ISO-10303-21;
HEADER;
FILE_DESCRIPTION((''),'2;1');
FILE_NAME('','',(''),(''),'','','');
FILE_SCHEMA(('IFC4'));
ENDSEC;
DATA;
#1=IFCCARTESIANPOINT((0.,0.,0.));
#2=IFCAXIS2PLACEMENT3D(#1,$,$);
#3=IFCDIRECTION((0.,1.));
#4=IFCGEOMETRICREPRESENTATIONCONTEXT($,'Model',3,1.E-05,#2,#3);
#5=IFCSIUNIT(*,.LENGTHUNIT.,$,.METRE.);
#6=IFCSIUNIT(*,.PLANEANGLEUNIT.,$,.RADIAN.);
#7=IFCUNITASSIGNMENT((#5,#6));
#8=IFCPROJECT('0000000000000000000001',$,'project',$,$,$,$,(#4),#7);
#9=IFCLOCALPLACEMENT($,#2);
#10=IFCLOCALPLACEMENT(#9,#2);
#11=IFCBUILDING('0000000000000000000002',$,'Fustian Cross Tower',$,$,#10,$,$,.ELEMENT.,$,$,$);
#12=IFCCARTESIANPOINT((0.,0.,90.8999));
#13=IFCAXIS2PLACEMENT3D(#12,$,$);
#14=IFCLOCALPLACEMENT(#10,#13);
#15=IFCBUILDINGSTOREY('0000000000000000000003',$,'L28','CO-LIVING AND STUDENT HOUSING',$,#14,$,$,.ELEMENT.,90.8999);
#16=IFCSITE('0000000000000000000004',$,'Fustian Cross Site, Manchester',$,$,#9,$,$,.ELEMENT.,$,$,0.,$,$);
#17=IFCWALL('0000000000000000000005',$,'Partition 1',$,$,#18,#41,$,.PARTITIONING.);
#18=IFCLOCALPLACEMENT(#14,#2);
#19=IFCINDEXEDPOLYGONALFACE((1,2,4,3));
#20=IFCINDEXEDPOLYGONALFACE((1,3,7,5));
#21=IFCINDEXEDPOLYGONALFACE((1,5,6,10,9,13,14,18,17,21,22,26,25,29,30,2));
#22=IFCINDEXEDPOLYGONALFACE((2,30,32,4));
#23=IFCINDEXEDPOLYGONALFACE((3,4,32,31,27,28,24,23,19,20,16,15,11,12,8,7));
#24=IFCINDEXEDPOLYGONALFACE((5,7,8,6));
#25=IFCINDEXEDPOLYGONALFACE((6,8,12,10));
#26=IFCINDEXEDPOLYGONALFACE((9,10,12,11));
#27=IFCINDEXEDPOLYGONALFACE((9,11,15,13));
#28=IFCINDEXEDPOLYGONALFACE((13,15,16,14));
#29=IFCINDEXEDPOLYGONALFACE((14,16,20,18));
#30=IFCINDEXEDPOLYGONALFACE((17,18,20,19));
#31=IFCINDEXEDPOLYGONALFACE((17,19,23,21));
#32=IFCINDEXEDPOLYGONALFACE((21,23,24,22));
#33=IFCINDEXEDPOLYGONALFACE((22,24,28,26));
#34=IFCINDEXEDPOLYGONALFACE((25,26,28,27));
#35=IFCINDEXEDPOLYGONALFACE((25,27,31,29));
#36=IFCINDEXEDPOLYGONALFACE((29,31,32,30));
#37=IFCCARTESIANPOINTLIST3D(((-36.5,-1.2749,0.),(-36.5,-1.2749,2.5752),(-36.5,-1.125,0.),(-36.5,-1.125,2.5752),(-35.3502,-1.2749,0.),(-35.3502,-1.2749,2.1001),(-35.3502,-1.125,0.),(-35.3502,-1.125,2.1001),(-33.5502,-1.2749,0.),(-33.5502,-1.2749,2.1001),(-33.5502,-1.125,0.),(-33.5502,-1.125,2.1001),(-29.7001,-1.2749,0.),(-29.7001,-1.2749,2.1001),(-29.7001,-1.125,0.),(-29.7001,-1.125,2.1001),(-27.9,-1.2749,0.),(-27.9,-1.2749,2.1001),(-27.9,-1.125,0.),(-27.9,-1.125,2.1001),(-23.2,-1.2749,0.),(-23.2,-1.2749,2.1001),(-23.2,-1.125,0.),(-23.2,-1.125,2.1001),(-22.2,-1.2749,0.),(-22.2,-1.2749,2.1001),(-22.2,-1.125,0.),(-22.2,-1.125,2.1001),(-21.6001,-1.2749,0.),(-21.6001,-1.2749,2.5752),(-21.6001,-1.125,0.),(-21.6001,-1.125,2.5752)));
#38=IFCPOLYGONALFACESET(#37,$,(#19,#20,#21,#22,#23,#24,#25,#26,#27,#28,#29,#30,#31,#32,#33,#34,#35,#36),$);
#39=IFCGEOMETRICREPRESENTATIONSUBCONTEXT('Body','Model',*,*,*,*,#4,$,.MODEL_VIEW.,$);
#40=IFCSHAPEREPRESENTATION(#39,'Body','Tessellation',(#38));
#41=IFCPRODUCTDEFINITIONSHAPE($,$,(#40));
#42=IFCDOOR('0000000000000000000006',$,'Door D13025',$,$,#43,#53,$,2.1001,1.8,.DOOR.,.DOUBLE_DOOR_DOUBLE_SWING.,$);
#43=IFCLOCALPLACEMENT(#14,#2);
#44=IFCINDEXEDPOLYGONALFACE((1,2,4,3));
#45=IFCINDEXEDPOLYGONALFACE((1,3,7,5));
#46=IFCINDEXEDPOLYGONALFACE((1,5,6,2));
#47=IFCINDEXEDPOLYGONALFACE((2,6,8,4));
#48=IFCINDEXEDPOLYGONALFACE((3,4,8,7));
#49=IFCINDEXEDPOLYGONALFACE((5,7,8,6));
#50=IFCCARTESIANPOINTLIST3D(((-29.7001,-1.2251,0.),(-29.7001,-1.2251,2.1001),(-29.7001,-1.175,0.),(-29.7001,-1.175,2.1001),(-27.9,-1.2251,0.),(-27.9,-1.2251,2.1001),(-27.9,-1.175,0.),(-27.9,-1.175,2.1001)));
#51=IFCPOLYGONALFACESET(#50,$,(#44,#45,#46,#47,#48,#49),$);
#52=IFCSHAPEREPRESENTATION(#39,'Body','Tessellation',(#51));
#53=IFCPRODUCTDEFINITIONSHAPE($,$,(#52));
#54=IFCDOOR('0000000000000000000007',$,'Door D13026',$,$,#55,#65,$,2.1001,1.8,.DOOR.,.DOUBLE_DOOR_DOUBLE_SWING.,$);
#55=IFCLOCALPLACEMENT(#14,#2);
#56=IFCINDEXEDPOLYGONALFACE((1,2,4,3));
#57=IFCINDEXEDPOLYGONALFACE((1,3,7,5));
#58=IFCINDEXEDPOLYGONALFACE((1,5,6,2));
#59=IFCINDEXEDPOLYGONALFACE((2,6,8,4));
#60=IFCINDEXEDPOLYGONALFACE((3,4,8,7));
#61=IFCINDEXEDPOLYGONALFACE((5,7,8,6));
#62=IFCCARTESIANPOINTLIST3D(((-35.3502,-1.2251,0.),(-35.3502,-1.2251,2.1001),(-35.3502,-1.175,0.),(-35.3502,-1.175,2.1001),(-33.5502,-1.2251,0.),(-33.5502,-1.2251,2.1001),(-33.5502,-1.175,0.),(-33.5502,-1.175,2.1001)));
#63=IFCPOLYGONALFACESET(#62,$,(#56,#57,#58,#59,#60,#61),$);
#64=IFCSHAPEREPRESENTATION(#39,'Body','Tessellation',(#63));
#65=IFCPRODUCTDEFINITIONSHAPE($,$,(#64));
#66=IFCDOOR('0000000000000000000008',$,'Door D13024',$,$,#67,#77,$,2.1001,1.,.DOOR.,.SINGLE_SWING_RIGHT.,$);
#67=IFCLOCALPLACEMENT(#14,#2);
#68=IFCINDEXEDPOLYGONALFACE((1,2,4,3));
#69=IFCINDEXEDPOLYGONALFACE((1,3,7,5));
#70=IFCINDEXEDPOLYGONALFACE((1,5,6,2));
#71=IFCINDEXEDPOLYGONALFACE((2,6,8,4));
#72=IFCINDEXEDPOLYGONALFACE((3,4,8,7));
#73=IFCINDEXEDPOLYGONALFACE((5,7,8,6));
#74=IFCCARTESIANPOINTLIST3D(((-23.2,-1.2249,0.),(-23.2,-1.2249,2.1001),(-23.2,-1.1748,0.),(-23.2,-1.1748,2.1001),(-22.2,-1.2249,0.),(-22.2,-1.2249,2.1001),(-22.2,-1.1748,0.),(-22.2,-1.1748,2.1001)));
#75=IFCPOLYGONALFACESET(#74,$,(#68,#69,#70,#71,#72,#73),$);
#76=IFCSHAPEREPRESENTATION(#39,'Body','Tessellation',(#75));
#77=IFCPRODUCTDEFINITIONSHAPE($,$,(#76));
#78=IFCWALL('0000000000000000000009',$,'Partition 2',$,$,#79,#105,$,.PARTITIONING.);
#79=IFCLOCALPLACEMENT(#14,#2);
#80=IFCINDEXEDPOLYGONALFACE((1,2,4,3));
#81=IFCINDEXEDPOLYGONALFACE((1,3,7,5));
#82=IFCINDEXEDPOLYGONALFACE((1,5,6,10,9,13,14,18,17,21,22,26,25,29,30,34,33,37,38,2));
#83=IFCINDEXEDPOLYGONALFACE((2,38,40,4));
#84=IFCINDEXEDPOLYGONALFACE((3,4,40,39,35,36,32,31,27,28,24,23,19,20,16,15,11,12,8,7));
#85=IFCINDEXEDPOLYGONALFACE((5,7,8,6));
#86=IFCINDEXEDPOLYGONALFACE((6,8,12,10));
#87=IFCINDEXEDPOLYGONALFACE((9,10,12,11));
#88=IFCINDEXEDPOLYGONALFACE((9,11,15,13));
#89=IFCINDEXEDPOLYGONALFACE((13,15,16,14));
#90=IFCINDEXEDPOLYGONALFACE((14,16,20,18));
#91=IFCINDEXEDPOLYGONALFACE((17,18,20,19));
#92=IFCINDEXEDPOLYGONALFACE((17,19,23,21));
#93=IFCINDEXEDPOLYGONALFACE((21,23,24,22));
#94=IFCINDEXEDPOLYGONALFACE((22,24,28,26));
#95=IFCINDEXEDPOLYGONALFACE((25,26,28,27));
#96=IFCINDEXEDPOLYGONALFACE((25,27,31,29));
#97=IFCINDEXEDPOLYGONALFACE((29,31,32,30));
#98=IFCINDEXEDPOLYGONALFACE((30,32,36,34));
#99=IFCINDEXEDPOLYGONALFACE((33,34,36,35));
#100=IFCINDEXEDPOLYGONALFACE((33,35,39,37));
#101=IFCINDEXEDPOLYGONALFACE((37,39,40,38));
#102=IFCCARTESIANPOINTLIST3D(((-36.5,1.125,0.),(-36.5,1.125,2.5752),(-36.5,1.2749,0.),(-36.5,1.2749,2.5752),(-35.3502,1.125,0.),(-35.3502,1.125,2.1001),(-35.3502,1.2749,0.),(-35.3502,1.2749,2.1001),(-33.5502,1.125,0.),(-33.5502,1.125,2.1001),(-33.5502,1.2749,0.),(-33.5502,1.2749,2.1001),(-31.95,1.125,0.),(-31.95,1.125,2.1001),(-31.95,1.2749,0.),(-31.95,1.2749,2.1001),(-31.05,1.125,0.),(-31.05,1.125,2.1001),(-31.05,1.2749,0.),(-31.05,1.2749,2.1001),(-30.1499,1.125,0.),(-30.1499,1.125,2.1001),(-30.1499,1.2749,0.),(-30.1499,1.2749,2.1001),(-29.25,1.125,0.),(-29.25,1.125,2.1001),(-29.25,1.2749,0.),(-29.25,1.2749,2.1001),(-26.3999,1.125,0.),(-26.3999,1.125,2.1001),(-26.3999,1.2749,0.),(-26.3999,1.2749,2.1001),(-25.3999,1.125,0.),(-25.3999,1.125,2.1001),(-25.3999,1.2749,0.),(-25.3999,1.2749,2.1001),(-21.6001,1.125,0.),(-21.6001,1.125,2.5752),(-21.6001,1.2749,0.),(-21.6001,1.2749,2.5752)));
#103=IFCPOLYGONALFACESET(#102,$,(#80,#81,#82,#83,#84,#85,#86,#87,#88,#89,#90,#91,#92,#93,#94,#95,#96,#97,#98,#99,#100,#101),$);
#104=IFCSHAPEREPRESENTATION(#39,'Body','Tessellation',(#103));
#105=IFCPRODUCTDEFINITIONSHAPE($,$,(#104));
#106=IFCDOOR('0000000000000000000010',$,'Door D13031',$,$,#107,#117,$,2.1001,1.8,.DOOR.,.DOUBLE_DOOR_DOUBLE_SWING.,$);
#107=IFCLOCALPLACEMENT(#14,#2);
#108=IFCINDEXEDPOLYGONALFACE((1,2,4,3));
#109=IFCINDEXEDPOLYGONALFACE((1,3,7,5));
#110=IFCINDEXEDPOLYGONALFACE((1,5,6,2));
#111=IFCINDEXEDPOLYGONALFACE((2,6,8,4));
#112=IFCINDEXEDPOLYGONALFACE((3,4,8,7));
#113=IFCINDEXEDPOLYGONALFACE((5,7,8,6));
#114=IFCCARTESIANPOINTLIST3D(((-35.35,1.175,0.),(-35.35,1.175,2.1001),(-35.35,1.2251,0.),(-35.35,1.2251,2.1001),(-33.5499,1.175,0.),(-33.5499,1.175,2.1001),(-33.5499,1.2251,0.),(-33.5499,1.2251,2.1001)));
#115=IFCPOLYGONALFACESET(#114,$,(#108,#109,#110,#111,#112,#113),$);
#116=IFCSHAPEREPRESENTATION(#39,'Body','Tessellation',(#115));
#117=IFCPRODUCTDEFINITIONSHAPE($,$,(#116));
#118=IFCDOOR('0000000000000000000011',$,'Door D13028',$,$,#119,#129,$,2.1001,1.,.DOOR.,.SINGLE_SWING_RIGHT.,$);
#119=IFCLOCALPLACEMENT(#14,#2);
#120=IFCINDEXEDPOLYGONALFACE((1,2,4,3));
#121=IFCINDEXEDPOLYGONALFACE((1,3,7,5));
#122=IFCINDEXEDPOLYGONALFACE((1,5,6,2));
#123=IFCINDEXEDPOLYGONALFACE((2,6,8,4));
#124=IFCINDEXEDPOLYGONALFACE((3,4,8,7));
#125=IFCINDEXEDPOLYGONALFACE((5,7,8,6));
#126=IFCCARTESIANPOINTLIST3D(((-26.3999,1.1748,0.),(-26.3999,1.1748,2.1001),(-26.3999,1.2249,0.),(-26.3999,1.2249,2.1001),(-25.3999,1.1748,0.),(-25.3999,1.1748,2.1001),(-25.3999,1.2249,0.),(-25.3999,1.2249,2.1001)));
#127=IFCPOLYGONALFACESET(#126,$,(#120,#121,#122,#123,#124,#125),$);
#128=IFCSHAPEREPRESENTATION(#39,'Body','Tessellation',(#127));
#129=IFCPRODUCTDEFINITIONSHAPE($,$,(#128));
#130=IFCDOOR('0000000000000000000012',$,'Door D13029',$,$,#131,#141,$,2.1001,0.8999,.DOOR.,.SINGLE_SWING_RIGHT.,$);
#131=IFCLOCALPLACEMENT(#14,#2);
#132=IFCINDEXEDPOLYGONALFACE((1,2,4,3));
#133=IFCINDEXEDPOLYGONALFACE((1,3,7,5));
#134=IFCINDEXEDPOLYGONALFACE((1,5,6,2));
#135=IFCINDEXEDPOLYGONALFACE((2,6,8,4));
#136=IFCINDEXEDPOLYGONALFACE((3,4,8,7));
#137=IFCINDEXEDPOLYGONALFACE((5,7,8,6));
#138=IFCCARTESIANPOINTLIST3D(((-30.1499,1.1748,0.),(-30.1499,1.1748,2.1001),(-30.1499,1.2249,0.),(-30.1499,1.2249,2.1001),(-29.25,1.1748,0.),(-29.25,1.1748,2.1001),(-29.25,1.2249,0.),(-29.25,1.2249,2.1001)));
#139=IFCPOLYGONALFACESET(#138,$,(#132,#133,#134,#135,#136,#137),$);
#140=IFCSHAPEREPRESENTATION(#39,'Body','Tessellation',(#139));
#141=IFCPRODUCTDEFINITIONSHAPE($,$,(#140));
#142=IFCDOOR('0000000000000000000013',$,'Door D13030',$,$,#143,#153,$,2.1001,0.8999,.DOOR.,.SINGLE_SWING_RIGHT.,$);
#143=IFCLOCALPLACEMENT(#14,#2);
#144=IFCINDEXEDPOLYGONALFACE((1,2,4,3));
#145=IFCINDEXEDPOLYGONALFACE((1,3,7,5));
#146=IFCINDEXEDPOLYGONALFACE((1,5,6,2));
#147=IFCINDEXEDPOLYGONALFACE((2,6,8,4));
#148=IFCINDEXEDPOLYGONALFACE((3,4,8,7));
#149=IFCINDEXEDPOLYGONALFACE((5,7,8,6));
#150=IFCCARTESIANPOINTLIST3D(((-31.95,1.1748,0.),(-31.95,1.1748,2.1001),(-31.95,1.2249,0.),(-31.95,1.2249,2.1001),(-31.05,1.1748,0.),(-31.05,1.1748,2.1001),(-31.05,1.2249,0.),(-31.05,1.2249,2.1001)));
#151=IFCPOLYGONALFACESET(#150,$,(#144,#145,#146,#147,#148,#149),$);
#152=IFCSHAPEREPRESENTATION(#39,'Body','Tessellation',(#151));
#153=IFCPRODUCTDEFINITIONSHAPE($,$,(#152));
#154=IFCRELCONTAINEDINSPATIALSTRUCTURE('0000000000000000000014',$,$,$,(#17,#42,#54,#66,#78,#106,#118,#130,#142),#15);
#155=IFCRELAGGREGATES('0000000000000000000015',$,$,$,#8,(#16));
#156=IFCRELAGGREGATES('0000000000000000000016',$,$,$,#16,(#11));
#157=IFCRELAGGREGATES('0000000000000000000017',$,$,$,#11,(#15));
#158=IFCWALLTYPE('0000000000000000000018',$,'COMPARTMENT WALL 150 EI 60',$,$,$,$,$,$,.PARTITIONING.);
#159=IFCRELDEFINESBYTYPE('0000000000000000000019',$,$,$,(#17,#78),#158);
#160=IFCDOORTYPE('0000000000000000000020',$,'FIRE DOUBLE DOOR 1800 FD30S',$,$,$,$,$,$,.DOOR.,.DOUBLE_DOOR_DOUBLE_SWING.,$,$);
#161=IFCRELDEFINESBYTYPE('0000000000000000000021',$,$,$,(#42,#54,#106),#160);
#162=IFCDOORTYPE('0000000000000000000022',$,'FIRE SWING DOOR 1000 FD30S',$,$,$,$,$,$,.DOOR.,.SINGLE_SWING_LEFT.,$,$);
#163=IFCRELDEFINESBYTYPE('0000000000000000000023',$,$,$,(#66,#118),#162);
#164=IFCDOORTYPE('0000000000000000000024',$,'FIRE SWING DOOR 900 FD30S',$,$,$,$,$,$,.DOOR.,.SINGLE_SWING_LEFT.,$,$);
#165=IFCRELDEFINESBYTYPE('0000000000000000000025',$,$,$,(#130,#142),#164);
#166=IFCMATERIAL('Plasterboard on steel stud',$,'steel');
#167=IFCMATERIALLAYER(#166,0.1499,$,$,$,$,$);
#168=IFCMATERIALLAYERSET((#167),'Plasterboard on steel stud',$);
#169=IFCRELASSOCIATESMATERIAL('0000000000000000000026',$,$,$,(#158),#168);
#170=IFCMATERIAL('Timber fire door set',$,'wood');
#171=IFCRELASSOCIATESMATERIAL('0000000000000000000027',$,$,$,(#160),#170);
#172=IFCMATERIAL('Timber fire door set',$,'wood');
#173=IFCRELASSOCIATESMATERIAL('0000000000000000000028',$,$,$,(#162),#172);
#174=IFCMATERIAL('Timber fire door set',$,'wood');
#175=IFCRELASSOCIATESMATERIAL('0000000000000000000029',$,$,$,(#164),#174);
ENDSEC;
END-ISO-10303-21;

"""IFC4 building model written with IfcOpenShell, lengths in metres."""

from ifc_helpers import new_model, si_unit, direction, frame, frame_2d, origin, place, context, subcontext, project, spatial, rectangle, extrude, material, layer, layer_set, type_object, element, fill, save


model = new_model("IFC4")

# Units and contexts
model_context = context("Model", 3, precision=1e-05, world=origin(), true_north=direction((0.0, 1.0)))
body_context = subcontext(model_context, "Body", "Model", "MODEL_VIEW")
ifc_project = project(units=[si_unit("LENGTHUNIT", "METRE"), si_unit("PLANEANGLEUNIT", "RADIAN")], contexts=[model_context])

# Site, building, storey
site_placement = place(None, origin())
site = spatial("IfcSite", under=ifc_project, at=site_placement, Name="Fustian Cross Site, Manchester", CompositionType="ELEMENT", RefElevation=0.0)
building_placement = place(site_placement, origin())
building = spatial("IfcBuilding", under=site, at=building_placement, Name="Fustian Cross Tower", CompositionType="ELEMENT")
storey_placement = place(building_placement, frame((0.0, 0.0, 90.8999)))
storey = spatial("IfcBuildingStorey", under=building, at=storey_placement, Name="L28", Description="CO-LIVING AND STUDENT HOUSING", CompositionType="ELEMENT", Elevation=90.8999)

# Walls, openings, doors
ifc_material_1 = material(Name="Plasterboard on steel stud", Category="steel")
ifc_layer_1 = layer(ifc_material_1, 0.1499)
ifc_layer_set_1 = layer_set([ifc_layer_1], Name="Plasterboard on steel stud")
wall_type_1 = type_object("IfcWallType", Name="COMPARTMENT WALL 150 EI 60", PredefinedType="PARTITIONING", material=ifc_layer_set_1)
wall_1_placement = place(storey_placement, frame((-36.5, -1.2, 0.0), z_axis=(0.0, 0.0, 1.0), x_axis=(1.0, 0.0, 0.0)))
wall_1 = element("IfcWall", 1, at=wall_1_placement, inside=storey, type_object=wall_type_1, Name="Partition 1", PredefinedType="PARTITIONING", context=body_context, shape_type="SweptSolid", body=[
    extrude(rectangle(XDim=14.8999, YDim=0.1499, at=frame_2d((7.45, 0.0))), origin(), (0.0, 0.0, 1.0), 2.5752),
])
opening_1_placement = place(wall_1_placement, frame((13.3, 0.0, 0.0)))
opening_1 = element("IfcOpeningElement", 2, at=opening_1_placement, cuts=wall_1, PredefinedType="OPENING", context=body_context, shape_type="SweptSolid", body=[
    extrude(rectangle(XDim=1.0, YDim=2.1001, at=frame_2d((0.5, 1.05))), frame((0.0, 0.085, 0.0), z_axis=(0.0, -1.0, 0.0), x_axis=(1.0, 0.0, 0.0)), (0.0, 0.0, 1.0), 0.1699),
])
opening_2_placement = place(wall_1_placement, frame((6.8, 0.0, 0.0)))
opening_2 = element("IfcOpeningElement", 3, at=opening_2_placement, cuts=wall_1, PredefinedType="OPENING", context=body_context, shape_type="SweptSolid", body=[
    extrude(rectangle(XDim=1.8, YDim=2.1001, at=frame_2d((0.8999, 1.05))), frame((0.0, 0.085, 0.0), z_axis=(0.0, -1.0, 0.0), x_axis=(1.0, 0.0, 0.0)), (0.0, 0.0, 1.0), 0.1699),
])
opening_3_placement = place(wall_1_placement, frame((1.1499, 0.0, 0.0)))
opening_3 = element("IfcOpeningElement", 4, at=opening_3_placement, cuts=wall_1, PredefinedType="OPENING", context=body_context, shape_type="SweptSolid", body=[
    extrude(rectangle(XDim=1.8, YDim=2.1001, at=frame_2d((0.8999, 1.05))), frame((0.0, 0.085, 0.0), z_axis=(0.0, -1.0, 0.0), x_axis=(1.0, 0.0, 0.0)), (0.0, 0.0, 1.0), 0.1699),
])
ifc_material_2 = material(Name="Timber fire door set", Category="wood")
door_type_1 = type_object("IfcDoorType", Name="FIRE DOUBLE DOOR 1800 FD30S", OperationType="DOUBLE_DOOR_DOUBLE_SWING", PredefinedType="DOOR", material=ifc_material_2)
door_1_placement = place(opening_2_placement, origin())
door_1 = element("IfcDoor", 5, at=door_1_placement, inside=storey, type_object=door_type_1, Name="Door D13025", OperationType="DOUBLE_DOOR_DOUBLE_SWING", OverallHeight=2.1001, OverallWidth=1.8, PredefinedType="DOOR", context=body_context, shape_type="SweptSolid", body=[
    extrude(rectangle(XDim=1.8, YDim=2.1001, at=frame_2d((0.8999, 1.05))), frame((0.0, 0.0249, 0.0), z_axis=(0.0, -1.0, 0.0), x_axis=(1.0, 0.0, 0.0)), (0.0, 0.0, 1.0), 0.05),
])
fill(opening_2, door_1)
door_2_placement = place(opening_3_placement, origin())
door_2 = element("IfcDoor", 6, at=door_2_placement, inside=storey, type_object=door_type_1, Name="Door D13026", OperationType="DOUBLE_DOOR_DOUBLE_SWING", OverallHeight=2.1001, OverallWidth=1.8, PredefinedType="DOOR", context=body_context, shape_type="SweptSolid", body=[
    extrude(rectangle(XDim=1.8, YDim=2.1001, at=frame_2d((0.8999, 1.05))), frame((0.0, 0.0249, 0.0), z_axis=(0.0, -1.0, 0.0), x_axis=(1.0, 0.0, 0.0)), (0.0, 0.0, 1.0), 0.05),
])
fill(opening_3, door_2)
ifc_material_3 = material(Name="Timber fire door set", Category="wood")
door_type_2 = type_object("IfcDoorType", Name="FIRE SWING DOOR 1000 FD30S", OperationType="SINGLE_SWING_LEFT", PredefinedType="DOOR", material=ifc_material_3)
door_3_placement = place(opening_1_placement, frame((1.0, 0.0, 0.0), z_axis=(0.0, 0.0, 1.0), x_axis=(-1.0, 0.0, 0.0)))
door_3 = element("IfcDoor", 7, at=door_3_placement, inside=storey, type_object=door_type_2, Name="Door D13024", OperationType="SINGLE_SWING_RIGHT", OverallHeight=2.1001, OverallWidth=1.0, PredefinedType="DOOR", context=body_context, shape_type="SweptSolid", body=[
    extrude(rectangle(XDim=1.0, YDim=2.1001, at=frame_2d((0.5, 1.05))), frame((0.0, 0.0249, 0.0), z_axis=(0.0, -1.0, 0.0), x_axis=(1.0, 0.0, 0.0)), (0.0, 0.0, 1.0), 0.05),
])
fill(opening_1, door_3)
wall_2_placement = place(storey_placement, frame((-36.5, 1.2, 0.0), z_axis=(0.0, 0.0, 1.0), x_axis=(1.0, 0.0, 0.0)))
wall_2 = element("IfcWall", 8, at=wall_2_placement, inside=storey, type_object=wall_type_1, Name="Partition 2", PredefinedType="PARTITIONING", context=body_context, shape_type="SweptSolid", body=[
    extrude(rectangle(XDim=14.8999, YDim=0.1499, at=frame_2d((7.45, 0.0))), origin(), (0.0, 0.0, 1.0), 2.5752),
])
opening_4_placement = place(wall_2_placement, frame((10.1001, 0.0, 0.0)))
opening_4 = element("IfcOpeningElement", 9, at=opening_4_placement, cuts=wall_2, PredefinedType="OPENING", context=body_context, shape_type="SweptSolid", body=[
    extrude(rectangle(XDim=1.0, YDim=2.1001, at=frame_2d((0.5, 1.05))), frame((0.0, 0.085, 0.0), z_axis=(0.0, -1.0, 0.0), x_axis=(1.0, 0.0, 0.0)), (0.0, 0.0, 1.0), 0.1699),
])
opening_5_placement = place(wall_2_placement, frame((6.3501, 0.0, 0.0)))
opening_5 = element("IfcOpeningElement", 10, at=opening_5_placement, cuts=wall_2, PredefinedType="OPENING", context=body_context, shape_type="SweptSolid", body=[
    extrude(rectangle(XDim=0.8999, YDim=2.1001, at=frame_2d((0.45, 1.05))), frame((0.0, 0.085, 0.0), z_axis=(0.0, -1.0, 0.0), x_axis=(1.0, 0.0, 0.0)), (0.0, 0.0, 1.0), 0.1699),
])
opening_6_placement = place(wall_2_placement, frame((4.55, 0.0, 0.0)))
opening_6 = element("IfcOpeningElement", 11, at=opening_6_placement, cuts=wall_2, PredefinedType="OPENING", context=body_context, shape_type="SweptSolid", body=[
    extrude(rectangle(XDim=0.8999, YDim=2.1001, at=frame_2d((0.45, 1.05))), frame((0.0, 0.085, 0.0), z_axis=(0.0, -1.0, 0.0), x_axis=(1.0, 0.0, 0.0)), (0.0, 0.0, 1.0), 0.1699),
])
opening_7_placement = place(wall_2_placement, frame((1.1499, 0.0, 0.0)))
opening_7 = element("IfcOpeningElement", 12, at=opening_7_placement, cuts=wall_2, PredefinedType="OPENING", context=body_context, shape_type="SweptSolid", body=[
    extrude(rectangle(XDim=1.8, YDim=2.1001, at=frame_2d((0.8999, 1.05))), frame((0.0, 0.085, 0.0), z_axis=(0.0, -1.0, 0.0), x_axis=(1.0, 0.0, 0.0)), (0.0, 0.0, 1.0), 0.1699),
])
door_4_placement = place(opening_7_placement, frame((1.8, 0.0, 0.0), z_axis=(0.0, 0.0, 1.0), x_axis=(-1.0, 0.0, 0.0)))
door_4 = element("IfcDoor", 13, at=door_4_placement, inside=storey, type_object=door_type_1, Name="Door D13031", OperationType="DOUBLE_DOOR_DOUBLE_SWING", OverallHeight=2.1001, OverallWidth=1.8, PredefinedType="DOOR", context=body_context, shape_type="SweptSolid", body=[
    extrude(rectangle(XDim=1.8, YDim=2.1001, at=frame_2d((0.8999, 1.05))), frame((0.0, 0.0249, 0.0), z_axis=(0.0, -1.0, 0.0), x_axis=(1.0, 0.0, 0.0)), (0.0, 0.0, 1.0), 0.05),
])
fill(opening_7, door_4)
door_5_placement = place(opening_4_placement, origin())
door_5 = element("IfcDoor", 14, at=door_5_placement, inside=storey, type_object=door_type_2, Name="Door D13028", OperationType="SINGLE_SWING_RIGHT", OverallHeight=2.1001, OverallWidth=1.0, PredefinedType="DOOR", context=body_context, shape_type="SweptSolid", body=[
    extrude(rectangle(XDim=1.0, YDim=2.1001, at=frame_2d((0.5, 1.05))), frame((0.0, 0.0249, 0.0), z_axis=(0.0, -1.0, 0.0), x_axis=(1.0, 0.0, 0.0)), (0.0, 0.0, 1.0), 0.05),
])
fill(opening_4, door_5)
ifc_material_4 = material(Name="Timber fire door set", Category="wood")
door_type_3 = type_object("IfcDoorType", Name="FIRE SWING DOOR 900 FD30S", OperationType="SINGLE_SWING_LEFT", PredefinedType="DOOR", material=ifc_material_4)
door_6_placement = place(opening_5_placement, origin())
door_6 = element("IfcDoor", 15, at=door_6_placement, inside=storey, type_object=door_type_3, Name="Door D13029", OperationType="SINGLE_SWING_RIGHT", OverallHeight=2.1001, OverallWidth=0.8999, PredefinedType="DOOR", context=body_context, shape_type="SweptSolid", body=[
    extrude(rectangle(XDim=0.8999, YDim=2.1001, at=frame_2d((0.45, 1.05))), frame((0.0, 0.0249, 0.0), z_axis=(0.0, -1.0, 0.0), x_axis=(1.0, 0.0, 0.0)), (0.0, 0.0, 1.0), 0.05),
])
fill(opening_5, door_6)
door_7_placement = place(opening_6_placement, origin())
door_7 = element("IfcDoor", 16, at=door_7_placement, inside=storey, type_object=door_type_3, Name="Door D13030", OperationType="SINGLE_SWING_RIGHT", OverallHeight=2.1001, OverallWidth=0.8999, PredefinedType="DOOR", context=body_context, shape_type="SweptSolid", body=[
    extrude(rectangle(XDim=0.8999, YDim=2.1001, at=frame_2d((0.45, 1.05))), frame((0.0, 0.0249, 0.0), z_axis=(0.0, -1.0, 0.0), x_axis=(1.0, 0.0, 0.0)), (0.0, 0.0, 1.0), 0.05),
])
fill(opening_6, door_7)

save(model, "model.ifc")
